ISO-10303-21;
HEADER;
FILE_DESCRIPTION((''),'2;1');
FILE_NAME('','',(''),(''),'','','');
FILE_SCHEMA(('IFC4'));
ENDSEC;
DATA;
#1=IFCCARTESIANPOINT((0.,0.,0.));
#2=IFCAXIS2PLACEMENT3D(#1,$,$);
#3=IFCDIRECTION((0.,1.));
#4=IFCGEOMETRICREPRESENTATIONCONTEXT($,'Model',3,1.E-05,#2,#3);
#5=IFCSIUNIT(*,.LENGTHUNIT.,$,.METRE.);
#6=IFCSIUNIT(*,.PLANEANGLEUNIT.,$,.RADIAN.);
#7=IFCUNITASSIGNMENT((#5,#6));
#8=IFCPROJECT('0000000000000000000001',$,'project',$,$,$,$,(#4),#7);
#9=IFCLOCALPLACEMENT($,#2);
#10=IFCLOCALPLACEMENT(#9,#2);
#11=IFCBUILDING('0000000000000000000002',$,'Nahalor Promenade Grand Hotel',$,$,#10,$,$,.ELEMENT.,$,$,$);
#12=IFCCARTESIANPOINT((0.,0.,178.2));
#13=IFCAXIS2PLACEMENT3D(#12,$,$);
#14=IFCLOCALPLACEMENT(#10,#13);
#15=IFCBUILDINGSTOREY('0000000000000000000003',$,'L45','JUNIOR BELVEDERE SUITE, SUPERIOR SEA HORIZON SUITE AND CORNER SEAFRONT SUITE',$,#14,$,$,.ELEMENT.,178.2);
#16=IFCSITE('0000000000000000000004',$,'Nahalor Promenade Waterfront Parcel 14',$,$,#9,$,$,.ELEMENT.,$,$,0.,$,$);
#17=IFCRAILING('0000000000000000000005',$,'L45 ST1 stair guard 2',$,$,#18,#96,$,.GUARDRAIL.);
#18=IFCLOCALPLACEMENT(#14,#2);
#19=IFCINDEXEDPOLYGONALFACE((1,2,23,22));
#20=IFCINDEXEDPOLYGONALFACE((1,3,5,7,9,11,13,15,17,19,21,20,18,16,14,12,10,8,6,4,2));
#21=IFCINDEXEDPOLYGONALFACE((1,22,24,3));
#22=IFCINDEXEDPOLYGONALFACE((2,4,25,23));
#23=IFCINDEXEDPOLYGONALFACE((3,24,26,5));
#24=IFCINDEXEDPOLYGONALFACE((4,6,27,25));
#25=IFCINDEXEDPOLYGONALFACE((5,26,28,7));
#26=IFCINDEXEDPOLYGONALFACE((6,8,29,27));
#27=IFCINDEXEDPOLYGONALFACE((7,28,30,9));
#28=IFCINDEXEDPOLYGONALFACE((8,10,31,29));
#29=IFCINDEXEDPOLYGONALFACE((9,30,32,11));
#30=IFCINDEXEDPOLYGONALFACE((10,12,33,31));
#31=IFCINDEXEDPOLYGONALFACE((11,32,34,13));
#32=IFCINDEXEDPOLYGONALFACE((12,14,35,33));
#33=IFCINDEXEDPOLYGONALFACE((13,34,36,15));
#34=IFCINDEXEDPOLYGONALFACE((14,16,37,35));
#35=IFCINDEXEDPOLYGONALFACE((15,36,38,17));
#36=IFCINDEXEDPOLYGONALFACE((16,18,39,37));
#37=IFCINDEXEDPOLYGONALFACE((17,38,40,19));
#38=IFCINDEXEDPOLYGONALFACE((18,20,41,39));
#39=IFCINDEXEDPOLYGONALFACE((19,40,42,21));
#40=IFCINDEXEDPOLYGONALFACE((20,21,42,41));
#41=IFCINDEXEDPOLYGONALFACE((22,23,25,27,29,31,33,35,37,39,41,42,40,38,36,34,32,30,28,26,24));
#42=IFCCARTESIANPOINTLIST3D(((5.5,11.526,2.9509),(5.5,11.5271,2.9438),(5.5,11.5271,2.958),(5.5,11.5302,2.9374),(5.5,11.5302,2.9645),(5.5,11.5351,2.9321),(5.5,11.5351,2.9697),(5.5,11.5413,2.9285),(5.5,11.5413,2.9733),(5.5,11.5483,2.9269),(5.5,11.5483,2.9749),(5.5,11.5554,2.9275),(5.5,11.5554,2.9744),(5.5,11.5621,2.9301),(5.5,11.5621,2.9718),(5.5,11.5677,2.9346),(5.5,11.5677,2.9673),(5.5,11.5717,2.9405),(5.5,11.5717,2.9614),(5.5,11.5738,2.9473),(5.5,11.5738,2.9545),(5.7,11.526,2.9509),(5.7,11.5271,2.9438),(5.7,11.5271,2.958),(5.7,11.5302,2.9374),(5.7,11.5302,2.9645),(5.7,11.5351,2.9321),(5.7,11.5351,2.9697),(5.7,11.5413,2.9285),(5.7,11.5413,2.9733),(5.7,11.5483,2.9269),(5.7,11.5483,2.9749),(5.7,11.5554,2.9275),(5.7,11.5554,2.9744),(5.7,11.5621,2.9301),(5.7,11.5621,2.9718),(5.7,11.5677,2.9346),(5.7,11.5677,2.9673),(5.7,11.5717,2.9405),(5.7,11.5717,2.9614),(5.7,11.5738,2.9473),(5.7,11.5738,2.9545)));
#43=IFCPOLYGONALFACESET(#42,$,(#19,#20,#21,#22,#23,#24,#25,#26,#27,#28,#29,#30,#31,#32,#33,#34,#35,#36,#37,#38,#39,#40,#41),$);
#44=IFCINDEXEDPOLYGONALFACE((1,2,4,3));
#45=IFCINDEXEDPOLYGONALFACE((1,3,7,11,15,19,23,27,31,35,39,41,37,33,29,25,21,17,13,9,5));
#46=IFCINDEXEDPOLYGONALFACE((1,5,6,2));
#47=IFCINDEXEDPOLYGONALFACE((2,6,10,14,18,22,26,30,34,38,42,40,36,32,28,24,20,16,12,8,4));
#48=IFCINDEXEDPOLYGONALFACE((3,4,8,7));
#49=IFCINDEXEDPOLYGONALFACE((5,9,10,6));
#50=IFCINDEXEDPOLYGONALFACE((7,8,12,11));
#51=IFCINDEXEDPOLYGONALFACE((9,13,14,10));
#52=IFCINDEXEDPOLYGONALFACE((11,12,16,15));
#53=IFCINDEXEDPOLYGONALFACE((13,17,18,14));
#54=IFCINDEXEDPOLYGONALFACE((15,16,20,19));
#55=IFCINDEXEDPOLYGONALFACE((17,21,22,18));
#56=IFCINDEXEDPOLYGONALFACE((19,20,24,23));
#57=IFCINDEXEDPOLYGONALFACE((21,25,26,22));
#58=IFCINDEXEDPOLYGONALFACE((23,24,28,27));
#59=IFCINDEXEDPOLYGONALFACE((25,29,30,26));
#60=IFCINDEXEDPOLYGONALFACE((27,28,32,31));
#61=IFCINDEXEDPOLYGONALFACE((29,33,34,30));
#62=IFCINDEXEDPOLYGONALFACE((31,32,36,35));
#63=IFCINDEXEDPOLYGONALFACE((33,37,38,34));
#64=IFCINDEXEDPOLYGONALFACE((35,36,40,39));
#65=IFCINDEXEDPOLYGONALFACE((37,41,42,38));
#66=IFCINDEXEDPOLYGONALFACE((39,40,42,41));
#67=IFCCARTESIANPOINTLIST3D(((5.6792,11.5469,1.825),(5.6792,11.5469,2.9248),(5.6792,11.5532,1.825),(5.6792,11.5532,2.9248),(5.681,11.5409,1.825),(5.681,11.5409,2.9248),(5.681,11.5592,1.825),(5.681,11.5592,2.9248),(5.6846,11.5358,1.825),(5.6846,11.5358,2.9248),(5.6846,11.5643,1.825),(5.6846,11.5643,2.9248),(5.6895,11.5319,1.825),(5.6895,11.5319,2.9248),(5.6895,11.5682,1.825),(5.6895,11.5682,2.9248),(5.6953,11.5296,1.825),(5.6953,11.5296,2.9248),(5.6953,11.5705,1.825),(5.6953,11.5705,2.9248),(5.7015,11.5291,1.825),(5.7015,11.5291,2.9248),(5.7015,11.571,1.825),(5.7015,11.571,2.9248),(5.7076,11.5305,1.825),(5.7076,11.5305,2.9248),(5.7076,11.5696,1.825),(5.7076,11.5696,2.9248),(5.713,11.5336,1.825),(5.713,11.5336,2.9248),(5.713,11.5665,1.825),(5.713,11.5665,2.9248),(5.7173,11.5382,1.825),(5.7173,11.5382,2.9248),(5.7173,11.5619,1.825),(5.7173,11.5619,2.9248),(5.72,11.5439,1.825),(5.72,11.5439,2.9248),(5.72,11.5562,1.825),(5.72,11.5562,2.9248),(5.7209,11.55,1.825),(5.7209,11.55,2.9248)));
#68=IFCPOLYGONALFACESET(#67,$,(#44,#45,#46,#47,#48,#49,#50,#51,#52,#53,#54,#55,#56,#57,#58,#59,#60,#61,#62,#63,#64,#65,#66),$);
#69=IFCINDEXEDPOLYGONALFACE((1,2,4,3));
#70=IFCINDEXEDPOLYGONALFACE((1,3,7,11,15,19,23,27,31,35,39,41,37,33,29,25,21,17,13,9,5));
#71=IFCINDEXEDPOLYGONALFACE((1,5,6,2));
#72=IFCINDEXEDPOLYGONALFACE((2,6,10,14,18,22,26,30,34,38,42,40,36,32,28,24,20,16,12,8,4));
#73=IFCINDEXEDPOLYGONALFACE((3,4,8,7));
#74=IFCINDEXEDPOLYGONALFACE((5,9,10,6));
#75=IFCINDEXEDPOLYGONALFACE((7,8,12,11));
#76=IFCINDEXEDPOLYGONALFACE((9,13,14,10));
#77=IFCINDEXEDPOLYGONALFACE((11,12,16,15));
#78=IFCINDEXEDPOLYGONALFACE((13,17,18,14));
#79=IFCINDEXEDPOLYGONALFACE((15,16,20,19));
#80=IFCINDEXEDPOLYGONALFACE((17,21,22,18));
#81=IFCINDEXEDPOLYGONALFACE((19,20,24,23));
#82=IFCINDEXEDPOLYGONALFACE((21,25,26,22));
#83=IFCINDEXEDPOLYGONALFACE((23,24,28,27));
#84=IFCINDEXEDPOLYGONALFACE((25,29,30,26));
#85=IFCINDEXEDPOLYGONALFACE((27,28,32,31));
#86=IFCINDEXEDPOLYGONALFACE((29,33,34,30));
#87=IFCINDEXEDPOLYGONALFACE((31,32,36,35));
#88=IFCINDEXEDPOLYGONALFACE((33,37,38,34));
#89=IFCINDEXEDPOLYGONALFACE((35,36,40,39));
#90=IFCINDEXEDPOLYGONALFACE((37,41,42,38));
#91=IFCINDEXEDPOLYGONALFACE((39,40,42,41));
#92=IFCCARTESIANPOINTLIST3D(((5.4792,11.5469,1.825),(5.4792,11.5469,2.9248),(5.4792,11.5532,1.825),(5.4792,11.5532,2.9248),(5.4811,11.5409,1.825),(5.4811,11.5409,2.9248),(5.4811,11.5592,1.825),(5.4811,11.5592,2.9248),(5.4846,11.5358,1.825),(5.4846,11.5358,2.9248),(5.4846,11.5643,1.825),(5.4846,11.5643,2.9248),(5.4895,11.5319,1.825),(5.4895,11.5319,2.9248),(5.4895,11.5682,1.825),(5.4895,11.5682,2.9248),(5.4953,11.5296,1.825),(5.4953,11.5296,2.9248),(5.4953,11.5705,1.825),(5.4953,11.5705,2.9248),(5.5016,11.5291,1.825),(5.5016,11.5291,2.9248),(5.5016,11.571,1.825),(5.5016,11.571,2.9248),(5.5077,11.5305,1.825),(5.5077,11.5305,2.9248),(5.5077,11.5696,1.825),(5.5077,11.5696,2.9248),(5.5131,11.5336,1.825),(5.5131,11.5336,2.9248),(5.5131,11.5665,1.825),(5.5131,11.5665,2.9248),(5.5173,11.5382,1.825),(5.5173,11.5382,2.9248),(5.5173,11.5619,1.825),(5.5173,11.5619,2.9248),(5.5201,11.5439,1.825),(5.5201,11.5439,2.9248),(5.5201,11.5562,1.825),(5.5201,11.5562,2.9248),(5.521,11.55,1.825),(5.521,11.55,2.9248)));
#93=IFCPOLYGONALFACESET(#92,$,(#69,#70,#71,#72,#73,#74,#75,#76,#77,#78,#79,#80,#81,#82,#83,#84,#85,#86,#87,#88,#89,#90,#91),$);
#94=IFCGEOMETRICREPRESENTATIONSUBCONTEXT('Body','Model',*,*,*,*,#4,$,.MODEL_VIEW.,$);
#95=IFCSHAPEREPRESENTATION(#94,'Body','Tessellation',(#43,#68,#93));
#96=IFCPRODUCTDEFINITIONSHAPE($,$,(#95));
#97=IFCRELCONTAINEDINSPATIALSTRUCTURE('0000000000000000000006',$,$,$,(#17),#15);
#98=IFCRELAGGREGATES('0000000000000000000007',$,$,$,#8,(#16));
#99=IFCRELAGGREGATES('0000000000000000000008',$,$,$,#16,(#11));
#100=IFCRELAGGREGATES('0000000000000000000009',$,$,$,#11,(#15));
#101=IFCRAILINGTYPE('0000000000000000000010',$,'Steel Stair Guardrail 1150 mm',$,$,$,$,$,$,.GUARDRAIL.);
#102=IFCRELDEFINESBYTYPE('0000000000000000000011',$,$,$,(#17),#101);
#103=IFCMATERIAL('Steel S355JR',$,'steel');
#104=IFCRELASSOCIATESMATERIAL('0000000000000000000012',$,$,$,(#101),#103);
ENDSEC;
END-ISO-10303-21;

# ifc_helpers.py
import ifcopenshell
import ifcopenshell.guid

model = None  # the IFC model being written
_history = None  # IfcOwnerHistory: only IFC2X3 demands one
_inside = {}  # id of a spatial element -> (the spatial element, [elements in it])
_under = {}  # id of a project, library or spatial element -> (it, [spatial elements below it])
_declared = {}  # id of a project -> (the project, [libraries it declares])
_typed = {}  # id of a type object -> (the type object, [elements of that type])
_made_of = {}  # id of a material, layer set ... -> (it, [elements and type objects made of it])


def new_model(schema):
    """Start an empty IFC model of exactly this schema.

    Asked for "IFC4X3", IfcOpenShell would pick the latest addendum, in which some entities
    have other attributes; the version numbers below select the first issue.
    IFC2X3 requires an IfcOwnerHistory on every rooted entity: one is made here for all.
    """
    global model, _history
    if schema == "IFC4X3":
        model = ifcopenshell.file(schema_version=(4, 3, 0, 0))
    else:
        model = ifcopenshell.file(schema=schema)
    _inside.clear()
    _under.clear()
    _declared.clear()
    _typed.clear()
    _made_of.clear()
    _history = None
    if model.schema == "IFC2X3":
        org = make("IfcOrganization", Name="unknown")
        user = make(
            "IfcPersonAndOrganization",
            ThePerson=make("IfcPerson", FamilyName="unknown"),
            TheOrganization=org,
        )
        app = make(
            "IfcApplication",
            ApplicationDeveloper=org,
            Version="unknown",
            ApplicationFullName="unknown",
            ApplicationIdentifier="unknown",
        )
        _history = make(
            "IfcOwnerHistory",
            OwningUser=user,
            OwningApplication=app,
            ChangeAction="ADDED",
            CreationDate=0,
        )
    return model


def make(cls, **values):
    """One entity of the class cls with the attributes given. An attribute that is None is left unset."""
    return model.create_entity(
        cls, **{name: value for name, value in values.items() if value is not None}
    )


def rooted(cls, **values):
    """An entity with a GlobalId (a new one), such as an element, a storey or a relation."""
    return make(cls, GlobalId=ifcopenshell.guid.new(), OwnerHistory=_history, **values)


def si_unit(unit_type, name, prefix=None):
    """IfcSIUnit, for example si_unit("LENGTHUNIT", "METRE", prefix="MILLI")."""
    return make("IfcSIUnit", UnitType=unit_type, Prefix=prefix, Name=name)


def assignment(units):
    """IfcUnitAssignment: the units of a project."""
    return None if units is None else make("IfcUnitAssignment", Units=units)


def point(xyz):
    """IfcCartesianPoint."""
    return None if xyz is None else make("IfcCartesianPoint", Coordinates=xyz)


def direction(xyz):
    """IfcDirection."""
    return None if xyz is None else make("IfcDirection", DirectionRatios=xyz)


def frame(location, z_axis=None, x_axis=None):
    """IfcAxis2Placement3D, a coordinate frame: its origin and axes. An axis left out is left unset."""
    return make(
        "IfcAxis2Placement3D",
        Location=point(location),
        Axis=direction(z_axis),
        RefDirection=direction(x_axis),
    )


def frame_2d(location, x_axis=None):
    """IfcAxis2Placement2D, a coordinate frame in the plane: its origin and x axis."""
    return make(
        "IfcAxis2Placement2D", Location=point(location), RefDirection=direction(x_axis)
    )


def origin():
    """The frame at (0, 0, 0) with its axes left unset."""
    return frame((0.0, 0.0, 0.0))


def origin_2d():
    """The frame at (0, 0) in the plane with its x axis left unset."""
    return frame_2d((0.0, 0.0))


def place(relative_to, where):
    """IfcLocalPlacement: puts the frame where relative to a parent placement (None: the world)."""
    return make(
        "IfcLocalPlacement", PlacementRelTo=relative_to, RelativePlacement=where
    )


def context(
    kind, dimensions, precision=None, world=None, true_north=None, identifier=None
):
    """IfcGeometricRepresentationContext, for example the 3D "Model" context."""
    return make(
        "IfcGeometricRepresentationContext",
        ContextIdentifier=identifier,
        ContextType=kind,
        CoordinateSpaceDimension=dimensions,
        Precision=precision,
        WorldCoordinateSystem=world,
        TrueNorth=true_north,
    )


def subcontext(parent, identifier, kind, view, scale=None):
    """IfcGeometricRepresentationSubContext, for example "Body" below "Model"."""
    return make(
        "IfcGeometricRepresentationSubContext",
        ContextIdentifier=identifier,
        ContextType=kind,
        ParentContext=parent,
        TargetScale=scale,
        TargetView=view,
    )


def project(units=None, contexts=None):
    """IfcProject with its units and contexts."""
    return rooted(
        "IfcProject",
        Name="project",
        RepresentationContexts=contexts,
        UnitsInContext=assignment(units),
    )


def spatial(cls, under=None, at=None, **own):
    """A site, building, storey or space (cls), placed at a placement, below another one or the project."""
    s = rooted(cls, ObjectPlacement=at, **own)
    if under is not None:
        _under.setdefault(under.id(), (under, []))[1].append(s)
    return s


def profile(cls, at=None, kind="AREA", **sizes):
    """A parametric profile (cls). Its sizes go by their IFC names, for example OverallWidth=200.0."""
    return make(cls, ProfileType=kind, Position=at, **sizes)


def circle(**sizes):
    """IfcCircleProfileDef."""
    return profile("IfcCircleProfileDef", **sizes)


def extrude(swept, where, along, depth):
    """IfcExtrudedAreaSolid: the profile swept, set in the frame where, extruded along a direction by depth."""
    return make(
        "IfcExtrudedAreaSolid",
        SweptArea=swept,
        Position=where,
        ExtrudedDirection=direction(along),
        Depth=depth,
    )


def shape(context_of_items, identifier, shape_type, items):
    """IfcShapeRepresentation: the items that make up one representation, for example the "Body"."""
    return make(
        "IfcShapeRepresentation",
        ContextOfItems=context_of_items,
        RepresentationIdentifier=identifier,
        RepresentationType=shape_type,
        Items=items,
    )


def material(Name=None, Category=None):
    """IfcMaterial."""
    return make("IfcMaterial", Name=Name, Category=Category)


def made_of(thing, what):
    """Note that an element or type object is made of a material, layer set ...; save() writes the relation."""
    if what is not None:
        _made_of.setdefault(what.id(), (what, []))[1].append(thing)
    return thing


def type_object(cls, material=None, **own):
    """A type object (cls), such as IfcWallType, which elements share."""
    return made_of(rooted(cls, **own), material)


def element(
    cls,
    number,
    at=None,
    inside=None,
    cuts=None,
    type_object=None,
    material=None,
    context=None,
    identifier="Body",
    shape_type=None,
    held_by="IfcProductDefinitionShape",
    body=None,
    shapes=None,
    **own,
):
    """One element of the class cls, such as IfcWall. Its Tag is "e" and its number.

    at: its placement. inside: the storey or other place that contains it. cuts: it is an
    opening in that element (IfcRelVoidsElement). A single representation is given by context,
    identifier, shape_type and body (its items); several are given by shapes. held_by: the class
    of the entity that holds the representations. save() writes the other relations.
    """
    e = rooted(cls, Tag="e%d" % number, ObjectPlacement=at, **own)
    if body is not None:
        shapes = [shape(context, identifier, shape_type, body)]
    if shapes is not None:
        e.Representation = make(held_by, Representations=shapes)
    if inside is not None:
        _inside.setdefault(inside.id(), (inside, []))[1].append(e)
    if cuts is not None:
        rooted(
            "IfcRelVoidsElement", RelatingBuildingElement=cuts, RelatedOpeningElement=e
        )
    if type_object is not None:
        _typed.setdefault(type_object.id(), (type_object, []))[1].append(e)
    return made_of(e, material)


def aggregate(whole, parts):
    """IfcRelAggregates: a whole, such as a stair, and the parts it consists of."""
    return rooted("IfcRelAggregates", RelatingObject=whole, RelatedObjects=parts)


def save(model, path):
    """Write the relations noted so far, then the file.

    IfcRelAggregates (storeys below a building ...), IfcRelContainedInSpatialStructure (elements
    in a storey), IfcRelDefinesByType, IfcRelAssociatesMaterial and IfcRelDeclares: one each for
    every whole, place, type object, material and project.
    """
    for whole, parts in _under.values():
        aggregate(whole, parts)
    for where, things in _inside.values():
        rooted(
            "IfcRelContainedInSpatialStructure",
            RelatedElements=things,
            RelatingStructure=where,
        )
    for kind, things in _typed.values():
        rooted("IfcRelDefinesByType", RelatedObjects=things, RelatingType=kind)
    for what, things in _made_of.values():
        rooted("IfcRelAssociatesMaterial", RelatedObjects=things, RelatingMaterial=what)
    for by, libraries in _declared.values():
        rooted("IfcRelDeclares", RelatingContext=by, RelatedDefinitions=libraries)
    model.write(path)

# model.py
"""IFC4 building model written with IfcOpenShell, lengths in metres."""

from ifc_helpers import new_model, si_unit, direction, frame, origin, origin_2d, place, context, subcontext, project, spatial, circle, extrude, material, type_object, element, save


model = new_model("IFC4")

# Units and contexts
model_context = context("Model", 3, precision=1e-05, world=origin(), true_north=direction((0.0, 1.0)))
body_context = subcontext(model_context, "Body", "Model", "MODEL_VIEW")
ifc_project = project(units=[si_unit("LENGTHUNIT", "METRE"), si_unit("PLANEANGLEUNIT", "RADIAN")], contexts=[model_context])

# Site, building, storey
site_placement = place(None, origin())
site = spatial("IfcSite", under=ifc_project, at=site_placement, Name="Nahalor Promenade Waterfront Parcel 14", CompositionType="ELEMENT", RefElevation=0.0)
building_placement = place(site_placement, origin())
building = spatial("IfcBuilding", under=site, at=building_placement, Name="Nahalor Promenade Grand Hotel", CompositionType="ELEMENT")
storey_placement = place(building_placement, frame((0.0, 0.0, 178.2)))
storey = spatial("IfcBuildingStorey", under=building, at=storey_placement, Name="L45", Description="JUNIOR BELVEDERE SUITE, SUPERIOR SEA HORIZON SUITE AND CORNER SEAFRONT SUITE", CompositionType="ELEMENT", Elevation=178.2)

# Shared definitions
ifc_material_1 = material(Name="Steel S355JR", Category="steel")

# Railing
railing_type = type_object("IfcRailingType", Name="Steel Stair Guardrail 1150 mm", PredefinedType="GUARDRAIL", material=ifc_material_1)
railing_1_placement = place(storey_placement, frame((5.7, 11.55, 1.825)))
element("IfcRailing", 1, at=railing_1_placement, inside=storey, type_object=railing_type, Name="L45 ST1 stair guard 2", PredefinedType="GUARDRAIL", context=body_context, shape_type="SweptSolid", body=[
    extrude(circle(Radius=0.024, at=origin_2d()), frame((0.0, 0.0, 1.126), z_axis=(-1.0, 0.0, 0.0), x_axis=(0.0, -1.0, 0.0)), (0.0, 0.0, 1.0), 0.2),
    extrude(circle(Radius=0.021, at=origin_2d()), origin(), (0.0, 0.0, 1.0), 1.0999),
    extrude(circle(Radius=0.021, at=origin_2d()), frame((-0.2, 0.0, 0.0)), (0.0, 0.0, 1.0), 1.0999),
])

save(model, "model.ifc")
